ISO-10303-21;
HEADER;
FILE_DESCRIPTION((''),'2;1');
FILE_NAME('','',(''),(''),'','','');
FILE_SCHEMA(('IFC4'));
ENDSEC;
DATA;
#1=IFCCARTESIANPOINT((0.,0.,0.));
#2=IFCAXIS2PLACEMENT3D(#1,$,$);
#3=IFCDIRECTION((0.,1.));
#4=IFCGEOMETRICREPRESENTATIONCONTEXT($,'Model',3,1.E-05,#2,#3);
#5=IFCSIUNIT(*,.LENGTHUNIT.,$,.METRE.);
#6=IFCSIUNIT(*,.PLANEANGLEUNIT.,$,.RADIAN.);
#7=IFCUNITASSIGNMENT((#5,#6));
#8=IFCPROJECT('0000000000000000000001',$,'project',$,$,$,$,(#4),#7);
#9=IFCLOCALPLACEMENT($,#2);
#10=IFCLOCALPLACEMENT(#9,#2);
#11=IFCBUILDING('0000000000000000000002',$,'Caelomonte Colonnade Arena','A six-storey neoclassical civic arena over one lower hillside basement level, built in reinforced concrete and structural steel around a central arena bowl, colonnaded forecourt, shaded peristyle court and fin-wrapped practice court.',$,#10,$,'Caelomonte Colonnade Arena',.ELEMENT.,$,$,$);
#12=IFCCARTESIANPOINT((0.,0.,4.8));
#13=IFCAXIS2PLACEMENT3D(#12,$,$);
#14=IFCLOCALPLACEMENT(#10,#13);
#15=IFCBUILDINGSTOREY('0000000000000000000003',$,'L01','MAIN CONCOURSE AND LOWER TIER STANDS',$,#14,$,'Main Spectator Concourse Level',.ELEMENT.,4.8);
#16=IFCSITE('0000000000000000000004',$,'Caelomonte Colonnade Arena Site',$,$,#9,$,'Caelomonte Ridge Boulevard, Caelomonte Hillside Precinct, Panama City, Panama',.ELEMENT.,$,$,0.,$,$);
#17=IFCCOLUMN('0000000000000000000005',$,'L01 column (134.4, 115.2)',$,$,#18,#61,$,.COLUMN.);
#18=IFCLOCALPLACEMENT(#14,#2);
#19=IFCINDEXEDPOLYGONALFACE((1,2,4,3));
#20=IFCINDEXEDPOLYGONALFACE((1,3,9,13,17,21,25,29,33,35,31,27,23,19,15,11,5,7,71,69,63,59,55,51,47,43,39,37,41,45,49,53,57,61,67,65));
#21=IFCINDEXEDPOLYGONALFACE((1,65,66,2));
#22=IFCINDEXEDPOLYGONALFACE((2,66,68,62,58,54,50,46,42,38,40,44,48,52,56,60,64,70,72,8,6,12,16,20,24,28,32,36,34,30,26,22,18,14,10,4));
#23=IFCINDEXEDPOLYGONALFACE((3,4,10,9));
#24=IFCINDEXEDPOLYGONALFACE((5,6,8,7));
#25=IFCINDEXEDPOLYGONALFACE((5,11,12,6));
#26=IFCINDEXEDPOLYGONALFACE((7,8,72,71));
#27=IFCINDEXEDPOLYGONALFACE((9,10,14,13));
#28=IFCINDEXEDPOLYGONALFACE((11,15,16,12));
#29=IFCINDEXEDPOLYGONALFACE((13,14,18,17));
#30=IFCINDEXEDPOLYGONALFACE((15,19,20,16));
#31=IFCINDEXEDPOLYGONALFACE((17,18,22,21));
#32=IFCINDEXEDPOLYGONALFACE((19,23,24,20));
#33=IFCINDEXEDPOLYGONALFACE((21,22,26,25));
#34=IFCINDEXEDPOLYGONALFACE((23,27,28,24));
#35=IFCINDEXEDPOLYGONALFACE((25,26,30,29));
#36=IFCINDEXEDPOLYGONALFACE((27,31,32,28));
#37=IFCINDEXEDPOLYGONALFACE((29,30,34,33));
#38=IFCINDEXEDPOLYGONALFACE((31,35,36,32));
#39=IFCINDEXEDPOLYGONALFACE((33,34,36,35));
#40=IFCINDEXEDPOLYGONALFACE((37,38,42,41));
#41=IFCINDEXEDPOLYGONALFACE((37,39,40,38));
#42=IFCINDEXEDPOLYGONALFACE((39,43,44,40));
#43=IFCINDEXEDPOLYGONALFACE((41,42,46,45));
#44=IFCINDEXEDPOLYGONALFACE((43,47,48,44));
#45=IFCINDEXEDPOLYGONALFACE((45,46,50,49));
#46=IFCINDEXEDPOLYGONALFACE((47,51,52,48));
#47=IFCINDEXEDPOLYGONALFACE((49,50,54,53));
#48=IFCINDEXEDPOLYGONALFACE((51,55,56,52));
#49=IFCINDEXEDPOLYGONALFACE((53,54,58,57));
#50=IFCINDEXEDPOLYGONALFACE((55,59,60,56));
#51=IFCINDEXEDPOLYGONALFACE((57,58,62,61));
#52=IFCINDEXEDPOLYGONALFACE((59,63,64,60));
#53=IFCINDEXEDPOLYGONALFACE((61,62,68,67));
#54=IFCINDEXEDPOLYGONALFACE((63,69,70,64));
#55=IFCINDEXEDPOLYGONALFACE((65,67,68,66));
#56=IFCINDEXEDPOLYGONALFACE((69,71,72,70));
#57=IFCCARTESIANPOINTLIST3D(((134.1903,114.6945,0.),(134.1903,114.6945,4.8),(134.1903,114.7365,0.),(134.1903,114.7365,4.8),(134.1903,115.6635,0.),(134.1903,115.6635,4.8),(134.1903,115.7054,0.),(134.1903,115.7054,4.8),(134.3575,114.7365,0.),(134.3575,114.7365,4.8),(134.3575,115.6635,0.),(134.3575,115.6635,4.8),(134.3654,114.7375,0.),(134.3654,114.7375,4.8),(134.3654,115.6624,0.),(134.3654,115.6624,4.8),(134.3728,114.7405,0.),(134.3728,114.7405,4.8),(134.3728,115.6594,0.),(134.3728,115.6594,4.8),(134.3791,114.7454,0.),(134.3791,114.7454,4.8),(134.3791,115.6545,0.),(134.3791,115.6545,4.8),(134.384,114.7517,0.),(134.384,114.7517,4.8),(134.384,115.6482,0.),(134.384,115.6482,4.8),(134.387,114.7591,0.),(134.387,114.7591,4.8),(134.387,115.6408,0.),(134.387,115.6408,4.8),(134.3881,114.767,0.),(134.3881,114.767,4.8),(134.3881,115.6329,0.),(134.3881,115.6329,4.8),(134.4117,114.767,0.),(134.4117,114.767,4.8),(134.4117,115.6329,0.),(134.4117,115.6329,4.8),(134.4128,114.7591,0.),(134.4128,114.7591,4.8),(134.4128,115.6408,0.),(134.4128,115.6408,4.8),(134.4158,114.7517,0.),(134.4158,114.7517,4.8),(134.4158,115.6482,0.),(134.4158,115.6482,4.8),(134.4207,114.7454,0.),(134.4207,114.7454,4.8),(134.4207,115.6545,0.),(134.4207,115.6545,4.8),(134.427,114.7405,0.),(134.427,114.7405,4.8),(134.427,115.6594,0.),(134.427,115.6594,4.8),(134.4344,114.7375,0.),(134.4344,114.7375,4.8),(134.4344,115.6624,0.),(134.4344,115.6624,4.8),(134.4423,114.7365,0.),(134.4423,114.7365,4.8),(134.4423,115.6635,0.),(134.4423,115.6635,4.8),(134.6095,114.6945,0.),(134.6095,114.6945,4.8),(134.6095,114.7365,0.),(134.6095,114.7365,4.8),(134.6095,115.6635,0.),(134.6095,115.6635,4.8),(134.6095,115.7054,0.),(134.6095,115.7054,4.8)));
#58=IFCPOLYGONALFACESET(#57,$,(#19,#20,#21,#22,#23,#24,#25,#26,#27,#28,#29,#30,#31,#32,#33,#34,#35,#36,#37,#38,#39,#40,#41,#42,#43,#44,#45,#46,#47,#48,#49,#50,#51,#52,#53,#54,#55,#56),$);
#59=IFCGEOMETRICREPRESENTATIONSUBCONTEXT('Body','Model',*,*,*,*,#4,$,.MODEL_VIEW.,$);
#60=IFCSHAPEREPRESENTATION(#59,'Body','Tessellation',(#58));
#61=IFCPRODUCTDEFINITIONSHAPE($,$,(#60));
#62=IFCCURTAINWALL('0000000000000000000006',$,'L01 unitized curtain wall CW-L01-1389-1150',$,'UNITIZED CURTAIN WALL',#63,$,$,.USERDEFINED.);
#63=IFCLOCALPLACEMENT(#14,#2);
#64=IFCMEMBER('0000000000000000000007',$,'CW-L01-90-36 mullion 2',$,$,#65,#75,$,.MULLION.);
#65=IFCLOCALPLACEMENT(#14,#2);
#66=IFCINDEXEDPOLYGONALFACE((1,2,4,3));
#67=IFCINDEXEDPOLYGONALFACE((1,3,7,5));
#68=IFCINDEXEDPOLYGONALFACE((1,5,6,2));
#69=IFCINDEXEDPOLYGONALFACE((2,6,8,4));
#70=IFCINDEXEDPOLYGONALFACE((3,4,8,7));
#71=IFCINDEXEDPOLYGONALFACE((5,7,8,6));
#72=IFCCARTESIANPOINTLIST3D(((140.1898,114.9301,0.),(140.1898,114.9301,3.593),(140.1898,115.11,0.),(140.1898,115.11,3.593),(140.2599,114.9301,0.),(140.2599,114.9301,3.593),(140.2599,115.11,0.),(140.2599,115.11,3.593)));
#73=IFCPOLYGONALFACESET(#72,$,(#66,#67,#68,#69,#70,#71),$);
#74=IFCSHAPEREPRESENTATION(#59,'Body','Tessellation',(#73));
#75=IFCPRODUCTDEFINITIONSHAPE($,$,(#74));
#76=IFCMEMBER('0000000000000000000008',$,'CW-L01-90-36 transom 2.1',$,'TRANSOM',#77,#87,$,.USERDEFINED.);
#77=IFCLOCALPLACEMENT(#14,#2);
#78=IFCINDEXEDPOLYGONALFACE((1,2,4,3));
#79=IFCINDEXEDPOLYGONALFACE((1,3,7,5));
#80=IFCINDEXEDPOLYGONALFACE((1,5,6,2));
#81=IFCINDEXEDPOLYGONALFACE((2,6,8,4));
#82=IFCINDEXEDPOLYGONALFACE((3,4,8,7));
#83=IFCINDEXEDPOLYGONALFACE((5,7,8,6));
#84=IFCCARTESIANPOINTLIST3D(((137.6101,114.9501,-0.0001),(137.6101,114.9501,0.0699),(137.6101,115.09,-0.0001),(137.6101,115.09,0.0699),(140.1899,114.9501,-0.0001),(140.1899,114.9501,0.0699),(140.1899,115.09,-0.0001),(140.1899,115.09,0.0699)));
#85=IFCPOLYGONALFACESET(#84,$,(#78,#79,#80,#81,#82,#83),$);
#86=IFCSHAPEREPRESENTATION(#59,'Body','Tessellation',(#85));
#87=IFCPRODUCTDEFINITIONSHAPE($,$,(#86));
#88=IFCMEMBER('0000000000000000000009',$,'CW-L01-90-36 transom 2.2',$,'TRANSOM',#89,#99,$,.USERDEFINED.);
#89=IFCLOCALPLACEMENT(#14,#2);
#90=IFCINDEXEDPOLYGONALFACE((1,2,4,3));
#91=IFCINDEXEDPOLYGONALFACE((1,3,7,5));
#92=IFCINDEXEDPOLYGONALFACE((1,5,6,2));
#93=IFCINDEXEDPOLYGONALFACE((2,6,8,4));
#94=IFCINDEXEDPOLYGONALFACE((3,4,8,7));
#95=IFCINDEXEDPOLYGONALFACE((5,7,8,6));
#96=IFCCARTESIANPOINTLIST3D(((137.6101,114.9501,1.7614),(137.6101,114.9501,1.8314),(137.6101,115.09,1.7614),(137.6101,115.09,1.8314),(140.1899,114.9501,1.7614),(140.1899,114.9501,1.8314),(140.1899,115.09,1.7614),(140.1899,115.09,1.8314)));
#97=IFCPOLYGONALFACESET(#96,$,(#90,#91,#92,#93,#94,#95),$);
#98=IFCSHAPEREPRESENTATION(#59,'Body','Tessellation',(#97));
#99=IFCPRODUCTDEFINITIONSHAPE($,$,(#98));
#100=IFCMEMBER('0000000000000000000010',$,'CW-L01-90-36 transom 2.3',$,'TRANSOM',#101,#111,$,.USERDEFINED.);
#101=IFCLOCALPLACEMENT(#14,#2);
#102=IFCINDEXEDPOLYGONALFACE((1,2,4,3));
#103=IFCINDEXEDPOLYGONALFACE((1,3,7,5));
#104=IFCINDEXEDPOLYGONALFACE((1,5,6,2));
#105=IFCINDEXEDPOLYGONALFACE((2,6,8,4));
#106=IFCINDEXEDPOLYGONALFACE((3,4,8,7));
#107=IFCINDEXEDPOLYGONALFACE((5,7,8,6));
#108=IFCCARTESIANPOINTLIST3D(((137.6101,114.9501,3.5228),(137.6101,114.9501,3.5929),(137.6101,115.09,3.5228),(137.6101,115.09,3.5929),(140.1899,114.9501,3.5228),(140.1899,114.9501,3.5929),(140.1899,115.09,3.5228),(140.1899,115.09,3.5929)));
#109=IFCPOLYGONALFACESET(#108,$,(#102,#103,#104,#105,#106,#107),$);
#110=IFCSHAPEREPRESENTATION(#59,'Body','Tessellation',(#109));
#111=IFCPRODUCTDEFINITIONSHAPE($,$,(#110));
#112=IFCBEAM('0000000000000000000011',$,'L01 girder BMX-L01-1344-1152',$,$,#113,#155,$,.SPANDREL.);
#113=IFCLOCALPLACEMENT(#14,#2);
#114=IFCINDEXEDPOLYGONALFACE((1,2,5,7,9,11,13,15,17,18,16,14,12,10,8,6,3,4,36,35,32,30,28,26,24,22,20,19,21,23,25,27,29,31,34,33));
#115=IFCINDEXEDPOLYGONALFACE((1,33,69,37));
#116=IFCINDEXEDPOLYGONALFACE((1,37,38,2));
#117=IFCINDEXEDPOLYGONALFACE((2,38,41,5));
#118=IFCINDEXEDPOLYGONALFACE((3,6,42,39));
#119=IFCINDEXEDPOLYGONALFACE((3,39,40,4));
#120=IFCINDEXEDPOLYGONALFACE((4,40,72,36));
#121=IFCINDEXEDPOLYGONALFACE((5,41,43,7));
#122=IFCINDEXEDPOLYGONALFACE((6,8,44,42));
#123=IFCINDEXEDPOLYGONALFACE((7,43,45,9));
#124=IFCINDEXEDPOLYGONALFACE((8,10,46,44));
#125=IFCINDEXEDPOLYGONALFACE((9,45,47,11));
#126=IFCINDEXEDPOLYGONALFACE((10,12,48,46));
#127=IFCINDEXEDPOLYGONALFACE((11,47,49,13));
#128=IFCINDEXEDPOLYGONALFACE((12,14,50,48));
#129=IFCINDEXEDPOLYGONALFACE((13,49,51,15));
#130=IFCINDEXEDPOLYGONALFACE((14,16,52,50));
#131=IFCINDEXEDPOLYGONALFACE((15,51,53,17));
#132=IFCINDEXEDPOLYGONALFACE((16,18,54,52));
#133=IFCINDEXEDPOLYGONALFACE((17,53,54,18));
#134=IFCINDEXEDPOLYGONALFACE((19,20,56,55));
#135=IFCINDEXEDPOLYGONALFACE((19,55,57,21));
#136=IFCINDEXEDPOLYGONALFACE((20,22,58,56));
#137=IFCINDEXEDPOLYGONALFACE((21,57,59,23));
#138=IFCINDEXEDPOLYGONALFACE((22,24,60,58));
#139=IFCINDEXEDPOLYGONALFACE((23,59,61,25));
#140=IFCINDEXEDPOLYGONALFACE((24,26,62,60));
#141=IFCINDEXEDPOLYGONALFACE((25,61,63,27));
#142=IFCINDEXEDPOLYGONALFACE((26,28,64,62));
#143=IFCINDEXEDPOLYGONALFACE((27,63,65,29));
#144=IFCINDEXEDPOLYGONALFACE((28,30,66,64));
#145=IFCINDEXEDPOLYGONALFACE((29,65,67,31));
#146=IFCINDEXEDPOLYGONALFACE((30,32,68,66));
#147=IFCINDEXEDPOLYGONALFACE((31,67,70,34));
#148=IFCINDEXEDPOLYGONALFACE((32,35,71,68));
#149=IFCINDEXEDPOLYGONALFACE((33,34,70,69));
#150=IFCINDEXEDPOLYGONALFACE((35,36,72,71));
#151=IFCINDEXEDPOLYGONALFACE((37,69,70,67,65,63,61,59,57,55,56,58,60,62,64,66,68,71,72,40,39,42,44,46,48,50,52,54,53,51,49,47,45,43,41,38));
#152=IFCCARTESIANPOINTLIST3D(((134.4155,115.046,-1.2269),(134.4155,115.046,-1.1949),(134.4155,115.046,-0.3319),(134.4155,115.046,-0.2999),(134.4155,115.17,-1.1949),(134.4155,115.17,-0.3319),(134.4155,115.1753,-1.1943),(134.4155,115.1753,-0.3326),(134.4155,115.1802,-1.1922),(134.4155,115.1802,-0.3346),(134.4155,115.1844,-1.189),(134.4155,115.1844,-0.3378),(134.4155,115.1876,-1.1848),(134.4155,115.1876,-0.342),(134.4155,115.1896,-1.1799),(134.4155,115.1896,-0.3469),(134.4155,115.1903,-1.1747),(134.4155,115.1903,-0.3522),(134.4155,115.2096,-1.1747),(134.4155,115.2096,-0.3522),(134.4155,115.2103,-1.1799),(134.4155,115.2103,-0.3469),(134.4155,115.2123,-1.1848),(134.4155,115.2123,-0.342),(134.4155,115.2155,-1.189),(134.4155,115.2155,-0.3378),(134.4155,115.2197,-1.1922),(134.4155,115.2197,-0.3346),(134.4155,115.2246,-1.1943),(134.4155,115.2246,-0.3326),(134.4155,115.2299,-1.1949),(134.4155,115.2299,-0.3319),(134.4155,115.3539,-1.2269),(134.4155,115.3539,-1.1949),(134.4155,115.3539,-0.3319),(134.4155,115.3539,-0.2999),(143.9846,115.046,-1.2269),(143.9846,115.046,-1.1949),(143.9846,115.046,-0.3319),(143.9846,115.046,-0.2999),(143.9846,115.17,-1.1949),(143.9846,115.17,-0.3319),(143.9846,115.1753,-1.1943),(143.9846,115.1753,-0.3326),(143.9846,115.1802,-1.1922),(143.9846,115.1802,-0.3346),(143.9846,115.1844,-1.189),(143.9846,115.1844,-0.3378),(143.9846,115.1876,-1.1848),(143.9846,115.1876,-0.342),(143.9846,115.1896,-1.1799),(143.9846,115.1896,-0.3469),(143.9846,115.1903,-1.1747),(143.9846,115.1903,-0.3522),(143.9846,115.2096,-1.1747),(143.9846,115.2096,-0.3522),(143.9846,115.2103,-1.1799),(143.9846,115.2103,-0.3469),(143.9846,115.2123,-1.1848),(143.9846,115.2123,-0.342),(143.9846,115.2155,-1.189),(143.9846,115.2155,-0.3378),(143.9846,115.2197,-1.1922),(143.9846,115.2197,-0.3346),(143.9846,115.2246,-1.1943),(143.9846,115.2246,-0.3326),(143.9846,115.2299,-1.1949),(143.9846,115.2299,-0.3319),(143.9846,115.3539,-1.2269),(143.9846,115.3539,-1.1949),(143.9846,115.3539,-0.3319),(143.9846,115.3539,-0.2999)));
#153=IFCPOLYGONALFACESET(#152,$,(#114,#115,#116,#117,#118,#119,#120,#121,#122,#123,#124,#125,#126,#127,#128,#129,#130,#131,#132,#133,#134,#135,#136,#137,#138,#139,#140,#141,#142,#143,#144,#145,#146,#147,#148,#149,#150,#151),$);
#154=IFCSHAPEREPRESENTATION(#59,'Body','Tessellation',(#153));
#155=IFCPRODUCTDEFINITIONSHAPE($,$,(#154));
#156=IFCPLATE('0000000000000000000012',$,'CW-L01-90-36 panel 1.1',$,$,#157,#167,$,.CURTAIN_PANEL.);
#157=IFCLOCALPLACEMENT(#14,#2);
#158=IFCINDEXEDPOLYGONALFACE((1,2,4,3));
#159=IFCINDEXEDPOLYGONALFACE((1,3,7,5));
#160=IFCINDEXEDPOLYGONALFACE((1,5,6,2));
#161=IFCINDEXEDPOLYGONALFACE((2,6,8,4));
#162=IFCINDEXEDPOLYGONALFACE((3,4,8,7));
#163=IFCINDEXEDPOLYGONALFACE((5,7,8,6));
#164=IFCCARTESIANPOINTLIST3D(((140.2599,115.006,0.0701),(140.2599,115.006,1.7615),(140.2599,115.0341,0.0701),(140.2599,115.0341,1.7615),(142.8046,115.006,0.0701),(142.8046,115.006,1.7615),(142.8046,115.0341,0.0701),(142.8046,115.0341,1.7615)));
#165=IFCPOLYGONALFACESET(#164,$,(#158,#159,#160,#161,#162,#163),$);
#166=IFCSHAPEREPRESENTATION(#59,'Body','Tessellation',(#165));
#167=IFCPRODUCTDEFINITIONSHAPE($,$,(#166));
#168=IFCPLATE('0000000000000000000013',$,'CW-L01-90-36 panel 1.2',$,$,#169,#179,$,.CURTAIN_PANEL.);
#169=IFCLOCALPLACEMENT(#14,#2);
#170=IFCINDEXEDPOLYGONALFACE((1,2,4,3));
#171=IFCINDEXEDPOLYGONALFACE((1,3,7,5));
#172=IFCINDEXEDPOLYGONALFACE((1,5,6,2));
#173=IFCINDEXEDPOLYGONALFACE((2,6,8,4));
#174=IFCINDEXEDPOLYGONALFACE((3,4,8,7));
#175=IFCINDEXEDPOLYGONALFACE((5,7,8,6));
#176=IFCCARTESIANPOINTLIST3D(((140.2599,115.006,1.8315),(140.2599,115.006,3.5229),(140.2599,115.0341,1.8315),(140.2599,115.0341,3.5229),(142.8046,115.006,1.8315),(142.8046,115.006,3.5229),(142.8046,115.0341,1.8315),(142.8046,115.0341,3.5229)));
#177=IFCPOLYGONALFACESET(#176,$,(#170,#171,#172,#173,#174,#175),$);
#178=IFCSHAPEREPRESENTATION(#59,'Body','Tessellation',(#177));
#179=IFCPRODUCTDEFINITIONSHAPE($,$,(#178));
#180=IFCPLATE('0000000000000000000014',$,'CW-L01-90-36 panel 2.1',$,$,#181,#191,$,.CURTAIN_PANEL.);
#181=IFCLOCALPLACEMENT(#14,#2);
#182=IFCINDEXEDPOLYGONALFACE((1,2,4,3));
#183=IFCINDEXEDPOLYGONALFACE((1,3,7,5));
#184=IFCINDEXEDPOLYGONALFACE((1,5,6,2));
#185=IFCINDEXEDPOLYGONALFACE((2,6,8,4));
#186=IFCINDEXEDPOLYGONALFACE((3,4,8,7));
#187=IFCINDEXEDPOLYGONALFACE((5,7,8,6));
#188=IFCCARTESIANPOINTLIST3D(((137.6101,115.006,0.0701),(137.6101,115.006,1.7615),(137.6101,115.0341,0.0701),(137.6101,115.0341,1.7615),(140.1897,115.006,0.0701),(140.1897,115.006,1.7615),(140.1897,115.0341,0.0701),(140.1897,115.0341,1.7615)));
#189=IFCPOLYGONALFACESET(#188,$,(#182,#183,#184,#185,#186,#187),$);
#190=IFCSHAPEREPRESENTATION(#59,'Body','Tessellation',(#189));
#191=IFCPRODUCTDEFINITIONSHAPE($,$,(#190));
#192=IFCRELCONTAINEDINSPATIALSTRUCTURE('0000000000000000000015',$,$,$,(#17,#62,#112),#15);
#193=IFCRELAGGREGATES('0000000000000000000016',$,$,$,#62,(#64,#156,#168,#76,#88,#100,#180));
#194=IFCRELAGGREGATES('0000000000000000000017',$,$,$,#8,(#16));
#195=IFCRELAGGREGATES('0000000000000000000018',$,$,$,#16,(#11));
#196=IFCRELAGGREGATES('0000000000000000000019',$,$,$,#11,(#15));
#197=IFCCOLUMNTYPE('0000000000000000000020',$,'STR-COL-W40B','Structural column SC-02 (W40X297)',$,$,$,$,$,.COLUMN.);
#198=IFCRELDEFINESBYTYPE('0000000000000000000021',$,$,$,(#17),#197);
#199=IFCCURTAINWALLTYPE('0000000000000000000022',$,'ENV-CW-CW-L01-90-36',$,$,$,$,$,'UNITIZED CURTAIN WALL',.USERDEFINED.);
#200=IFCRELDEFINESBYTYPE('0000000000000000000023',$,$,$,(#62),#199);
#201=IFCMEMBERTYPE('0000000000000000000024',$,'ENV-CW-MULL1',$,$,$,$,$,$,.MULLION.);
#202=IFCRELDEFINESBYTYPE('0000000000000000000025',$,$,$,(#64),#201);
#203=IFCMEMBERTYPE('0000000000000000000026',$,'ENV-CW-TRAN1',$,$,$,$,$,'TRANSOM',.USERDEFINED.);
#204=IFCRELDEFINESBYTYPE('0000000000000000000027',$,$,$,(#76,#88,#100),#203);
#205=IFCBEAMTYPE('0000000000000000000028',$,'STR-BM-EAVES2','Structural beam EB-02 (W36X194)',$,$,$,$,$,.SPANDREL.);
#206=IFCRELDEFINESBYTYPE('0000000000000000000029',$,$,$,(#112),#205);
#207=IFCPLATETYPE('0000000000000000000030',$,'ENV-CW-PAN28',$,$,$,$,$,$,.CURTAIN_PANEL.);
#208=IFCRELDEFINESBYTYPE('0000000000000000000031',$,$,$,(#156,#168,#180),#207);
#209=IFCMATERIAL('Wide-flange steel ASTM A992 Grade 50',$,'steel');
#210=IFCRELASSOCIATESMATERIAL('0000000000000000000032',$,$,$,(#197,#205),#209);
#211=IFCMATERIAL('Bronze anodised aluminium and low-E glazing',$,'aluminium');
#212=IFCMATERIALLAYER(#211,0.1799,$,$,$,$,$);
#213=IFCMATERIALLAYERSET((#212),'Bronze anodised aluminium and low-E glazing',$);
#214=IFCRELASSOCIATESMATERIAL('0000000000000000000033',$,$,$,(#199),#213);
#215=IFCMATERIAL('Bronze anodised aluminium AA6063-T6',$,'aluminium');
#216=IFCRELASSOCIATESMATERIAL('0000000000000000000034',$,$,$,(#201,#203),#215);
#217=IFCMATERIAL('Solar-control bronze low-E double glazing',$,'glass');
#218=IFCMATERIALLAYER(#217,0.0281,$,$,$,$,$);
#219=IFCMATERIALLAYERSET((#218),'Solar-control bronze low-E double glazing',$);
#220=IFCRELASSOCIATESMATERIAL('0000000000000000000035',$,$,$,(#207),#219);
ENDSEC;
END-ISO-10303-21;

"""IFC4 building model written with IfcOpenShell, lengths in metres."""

from ifc_helpers import new_model, si_unit, direction, frame, origin, origin_2d, place, context, subcontext, project, spatial, rectangle, i_section, extrude, material, layer, layer_set, material_profile, profile_set, type_object, element, aggregate, save


model = new_model("IFC4")

# Units and contexts
model_context = context("Model", 3, precision=1e-05, world=origin(), true_north=direction((0.0, 1.0)))
body_context = subcontext(model_context, "Body", "Model", "MODEL_VIEW")
ifc_project = project(units=[si_unit("LENGTHUNIT", "METRE"), si_unit("PLANEANGLEUNIT", "RADIAN")], contexts=[model_context])

# Site, building, storey
site_placement = place(None, origin())
site = spatial("IfcSite", under=ifc_project, at=site_placement, Name="Caelomonte Colonnade Arena Site", LongName="Caelomonte Ridge Boulevard, Caelomonte Hillside Precinct, Panama City, Panama", CompositionType="ELEMENT", RefElevation=0.0)
building_placement = place(site_placement, origin())
building = spatial("IfcBuilding", under=site, at=building_placement, Name="Caelomonte Colonnade Arena", Description="A six-storey neoclassical civic arena over one lower hillside basement level, built in reinforced concrete and structural steel around a central arena bowl, colonnaded forecourt, shaded peristyle court and fin-wrapped practice court.", LongName="Caelomonte Colonnade Arena", CompositionType="ELEMENT")
storey_placement = place(building_placement, frame((0.0, 0.0, 4.8)))
storey = spatial("IfcBuildingStorey", under=building, at=storey_placement, Name="L01", Description="MAIN CONCOURSE AND LOWER TIER STANDS", LongName="Main Spectator Concourse Level", CompositionType="ELEMENT", Elevation=4.8)

# Column
ifc_material_1 = material(Name="Wide-flange steel ASTM A992 Grade 50", Category="steel")
ifc_material_profile_1 = material_profile(ifc_material_1, i_section(OverallWidth=0.4192, OverallDepth=1.011, WebThickness=0.0237, FlangeThickness=0.042, FilletRadius=0.0305, at=origin_2d()), Name="W40X297")
ifc_profile_set_1 = profile_set([ifc_material_profile_1], Name="Wide-flange steel ASTM A992 Grade 50")
column_type = type_object("IfcColumnType", Name="STR-COL-W40B", Description="Structural column SC-02 (W40X297)", PredefinedType="COLUMN", material=ifc_profile_set_1)
column_placement = place(storey_placement, frame((134.3999, 115.2, 0.0), z_axis=(0.0, 0.0, 1.0), x_axis=(1.0, 0.0, 0.0)))
element("IfcColumn", 1, at=column_placement, inside=storey, type_object=column_type, Name="L01 column (134.4, 115.2)", PredefinedType="COLUMN", context=body_context, shape_type="SweptSolid", body=[
    extrude(i_section(OverallWidth=0.4192, OverallDepth=1.011, WebThickness=0.0237, FlangeThickness=0.042, FilletRadius=0.0305, at=origin_2d()), origin(), (0.0, 0.0, 1.0), 4.8),
])

# Curtain wall, members
ifc_material_2 = material(Name="Bronze anodised aluminium and low-E glazing", Category="aluminium")
ifc_layer_1 = layer(ifc_material_2, 0.1799)
ifc_layer_set_1 = layer_set([ifc_layer_1], Name="Bronze anodised aluminium and low-E glazing")
curtain_wall_type = type_object("IfcCurtainWallType", Name="ENV-CW-CW-L01-90-36", ElementType="UNITIZED CURTAIN WALL", PredefinedType="USERDEFINED", material=ifc_layer_set_1)
curtain_wall_placement = place(storey_placement, origin())
curtain_wall = element("IfcCurtainWall", 2, at=curtain_wall_placement, inside=storey, type_object=curtain_wall_type, Name="L01 unitized curtain wall CW-L01-1389-1150", ObjectType="UNITIZED CURTAIN WALL", PredefinedType="USERDEFINED")
ifc_material_3 = material(Name="Bronze anodised aluminium AA6063-T6", Category="aluminium")
ifc_material_profile_2 = material_profile(ifc_material_3, rectangle(XDim=0.0701, YDim=0.1799, at=origin_2d()), Name="CWM-70X180")
ifc_profile_set_2 = profile_set([ifc_material_profile_2], Name="Bronze anodised aluminium AA6063-T6")
member_type_1 = type_object("IfcMemberType", Name="ENV-CW-MULL1", PredefinedType="MULLION", material=ifc_profile_set_2)
member_1_placement = place(storey_placement, frame((140.2249, 115.02, 0.0), z_axis=(0.0, 0.0, 1.0), x_axis=(-1.0, 0.0, 0.0)))
member_1 = element("IfcMember", 3, at=member_1_placement, type_object=member_type_1, Name="CW-L01-90-36 mullion 2", PredefinedType="MULLION", context=body_context, shape_type="SweptSolid", body=[
    extrude(rectangle(XDim=0.0701, YDim=0.1799, at=origin_2d()), origin(), (0.0, 0.0, 1.0), 3.593),
])
ifc_material_profile_3 = material_profile(ifc_material_3, rectangle(XDim=0.0701, YDim=0.1399, at=origin_2d()), Name="CWT-70X140")
ifc_profile_set_3 = profile_set([ifc_material_profile_3], Name="Bronze anodised aluminium AA6063-T6")
member_type_2 = type_object("IfcMemberType", Name="ENV-CW-TRAN1", ElementType="TRANSOM", PredefinedType="USERDEFINED", material=ifc_profile_set_3)
member_2_placement = place(storey_placement, frame((140.1899, 115.02, 0.0349), z_axis=(-1.0, 0.0, 0.0), x_axis=(0.0, 0.0, 1.0)))
member_2 = element("IfcMember", 4, at=member_2_placement, type_object=member_type_2, Name="CW-L01-90-36 transom 2.1", ObjectType="TRANSOM", PredefinedType="USERDEFINED", context=body_context, shape_type="SweptSolid", body=[
    extrude(rectangle(XDim=0.0701, YDim=0.1399, at=origin_2d()), origin(), (0.0, 0.0, 1.0), 2.5798),
])
member_3_placement = place(storey_placement, frame((140.1899, 115.02, 1.7964), z_axis=(-1.0, 0.0, 0.0), x_axis=(0.0, 0.0, 1.0)))
member_3 = element("IfcMember", 5, at=member_3_placement, type_object=member_type_2, Name="CW-L01-90-36 transom 2.2", ObjectType="TRANSOM", PredefinedType="USERDEFINED", context=body_context, shape_type="SweptSolid", body=[
    extrude(rectangle(XDim=0.0701, YDim=0.1399, at=origin_2d()), origin(), (0.0, 0.0, 1.0), 2.5798),
])
member_4_placement = place(storey_placement, frame((140.1899, 115.02, 3.5579), z_axis=(-1.0, 0.0, 0.0), x_axis=(0.0, 0.0, 1.0)))
member_4 = element("IfcMember", 6, at=member_4_placement, type_object=member_type_2, Name="CW-L01-90-36 transom 2.3", ObjectType="TRANSOM", PredefinedType="USERDEFINED", context=body_context, shape_type="SweptSolid", body=[
    extrude(rectangle(XDim=0.0701, YDim=0.1399, at=origin_2d()), origin(), (0.0, 0.0, 1.0), 2.5798),
])

# Beam
ifc_material_profile_4 = material_profile(ifc_material_1, i_section(OverallWidth=0.3079, OverallDepth=0.927, WebThickness=0.0193, FlangeThickness=0.032, FilletRadius=0.0203, at=origin_2d()), Name="W36X194")
ifc_profile_set_4 = profile_set([ifc_material_profile_4], Name="Wide-flange steel ASTM A992 Grade 50")
beam_type = type_object("IfcBeamType", Name="STR-BM-EAVES2", Description="Structural beam EB-02 (W36X194)", PredefinedType="SPANDREL", material=ifc_profile_set_4)
beam_placement = place(storey_placement, frame((134.4155, 115.2, -0.7634), z_axis=(1.0, 0.0, 0.0), x_axis=(0.0, 1.0, 0.0)))
element("IfcBeam", 7, at=beam_placement, inside=storey, type_object=beam_type, Name="L01 girder BMX-L01-1344-1152", PredefinedType="SPANDREL", context=body_context, shape_type="SweptSolid", body=[
    extrude(i_section(OverallWidth=0.3079, OverallDepth=0.927, WebThickness=0.0193, FlangeThickness=0.032, FilletRadius=0.0203, at=origin_2d()), origin(), (0.0, 0.0, 1.0), 9.5691),
])

# Plates
ifc_material_4 = material(Name="Solar-control bronze low-E double glazing", Category="glass")
ifc_layer_2 = layer(ifc_material_4, 0.0281)
ifc_layer_set_2 = layer_set([ifc_layer_2], Name="Solar-control bronze low-E double glazing")
plate_type = type_object("IfcPlateType", Name="ENV-CW-PAN28", PredefinedType="CURTAIN_PANEL", material=ifc_layer_set_2)
plate_1_placement = place(storey_placement, frame((141.5322, 115.02, 0.0701), z_axis=(0.0, 0.0, 1.0), x_axis=(-1.0, 0.0, 0.0)))
plate_1 = element("IfcPlate", 8, at=plate_1_placement, type_object=plate_type, Name="CW-L01-90-36 panel 1.1", PredefinedType="CURTAIN_PANEL", context=body_context, shape_type="SweptSolid", body=[
    extrude(rectangle(XDim=2.5447, YDim=0.0281, at=origin_2d()), origin(), (0.0, 0.0, 1.0), 1.6914),
])
plate_2_placement = place(storey_placement, frame((141.5322, 115.02, 1.8315), z_axis=(0.0, 0.0, 1.0), x_axis=(-1.0, 0.0, 0.0)))
plate_2 = element("IfcPlate", 9, at=plate_2_placement, type_object=plate_type, Name="CW-L01-90-36 panel 1.2", PredefinedType="CURTAIN_PANEL", context=body_context, shape_type="SweptSolid", body=[
    extrude(rectangle(XDim=2.5447, YDim=0.0281, at=origin_2d()), origin(), (0.0, 0.0, 1.0), 1.6914),
])
plate_3_placement = place(storey_placement, frame((138.8999, 115.02, 0.0701), z_axis=(0.0, 0.0, 1.0), x_axis=(-1.0, 0.0, 0.0)))
plate_3 = element("IfcPlate", 10, at=plate_3_placement, type_object=plate_type, Name="CW-L01-90-36 panel 2.1", PredefinedType="CURTAIN_PANEL", context=body_context, shape_type="SweptSolid", body=[
    extrude(rectangle(XDim=2.5796, YDim=0.0281, at=origin_2d()), origin(), (0.0, 0.0, 1.0), 1.6914),
])
aggregate(curtain_wall, [member_1, plate_1, plate_2, member_2, member_3, member_4, plate_3])

save(model, "model.ifc")
